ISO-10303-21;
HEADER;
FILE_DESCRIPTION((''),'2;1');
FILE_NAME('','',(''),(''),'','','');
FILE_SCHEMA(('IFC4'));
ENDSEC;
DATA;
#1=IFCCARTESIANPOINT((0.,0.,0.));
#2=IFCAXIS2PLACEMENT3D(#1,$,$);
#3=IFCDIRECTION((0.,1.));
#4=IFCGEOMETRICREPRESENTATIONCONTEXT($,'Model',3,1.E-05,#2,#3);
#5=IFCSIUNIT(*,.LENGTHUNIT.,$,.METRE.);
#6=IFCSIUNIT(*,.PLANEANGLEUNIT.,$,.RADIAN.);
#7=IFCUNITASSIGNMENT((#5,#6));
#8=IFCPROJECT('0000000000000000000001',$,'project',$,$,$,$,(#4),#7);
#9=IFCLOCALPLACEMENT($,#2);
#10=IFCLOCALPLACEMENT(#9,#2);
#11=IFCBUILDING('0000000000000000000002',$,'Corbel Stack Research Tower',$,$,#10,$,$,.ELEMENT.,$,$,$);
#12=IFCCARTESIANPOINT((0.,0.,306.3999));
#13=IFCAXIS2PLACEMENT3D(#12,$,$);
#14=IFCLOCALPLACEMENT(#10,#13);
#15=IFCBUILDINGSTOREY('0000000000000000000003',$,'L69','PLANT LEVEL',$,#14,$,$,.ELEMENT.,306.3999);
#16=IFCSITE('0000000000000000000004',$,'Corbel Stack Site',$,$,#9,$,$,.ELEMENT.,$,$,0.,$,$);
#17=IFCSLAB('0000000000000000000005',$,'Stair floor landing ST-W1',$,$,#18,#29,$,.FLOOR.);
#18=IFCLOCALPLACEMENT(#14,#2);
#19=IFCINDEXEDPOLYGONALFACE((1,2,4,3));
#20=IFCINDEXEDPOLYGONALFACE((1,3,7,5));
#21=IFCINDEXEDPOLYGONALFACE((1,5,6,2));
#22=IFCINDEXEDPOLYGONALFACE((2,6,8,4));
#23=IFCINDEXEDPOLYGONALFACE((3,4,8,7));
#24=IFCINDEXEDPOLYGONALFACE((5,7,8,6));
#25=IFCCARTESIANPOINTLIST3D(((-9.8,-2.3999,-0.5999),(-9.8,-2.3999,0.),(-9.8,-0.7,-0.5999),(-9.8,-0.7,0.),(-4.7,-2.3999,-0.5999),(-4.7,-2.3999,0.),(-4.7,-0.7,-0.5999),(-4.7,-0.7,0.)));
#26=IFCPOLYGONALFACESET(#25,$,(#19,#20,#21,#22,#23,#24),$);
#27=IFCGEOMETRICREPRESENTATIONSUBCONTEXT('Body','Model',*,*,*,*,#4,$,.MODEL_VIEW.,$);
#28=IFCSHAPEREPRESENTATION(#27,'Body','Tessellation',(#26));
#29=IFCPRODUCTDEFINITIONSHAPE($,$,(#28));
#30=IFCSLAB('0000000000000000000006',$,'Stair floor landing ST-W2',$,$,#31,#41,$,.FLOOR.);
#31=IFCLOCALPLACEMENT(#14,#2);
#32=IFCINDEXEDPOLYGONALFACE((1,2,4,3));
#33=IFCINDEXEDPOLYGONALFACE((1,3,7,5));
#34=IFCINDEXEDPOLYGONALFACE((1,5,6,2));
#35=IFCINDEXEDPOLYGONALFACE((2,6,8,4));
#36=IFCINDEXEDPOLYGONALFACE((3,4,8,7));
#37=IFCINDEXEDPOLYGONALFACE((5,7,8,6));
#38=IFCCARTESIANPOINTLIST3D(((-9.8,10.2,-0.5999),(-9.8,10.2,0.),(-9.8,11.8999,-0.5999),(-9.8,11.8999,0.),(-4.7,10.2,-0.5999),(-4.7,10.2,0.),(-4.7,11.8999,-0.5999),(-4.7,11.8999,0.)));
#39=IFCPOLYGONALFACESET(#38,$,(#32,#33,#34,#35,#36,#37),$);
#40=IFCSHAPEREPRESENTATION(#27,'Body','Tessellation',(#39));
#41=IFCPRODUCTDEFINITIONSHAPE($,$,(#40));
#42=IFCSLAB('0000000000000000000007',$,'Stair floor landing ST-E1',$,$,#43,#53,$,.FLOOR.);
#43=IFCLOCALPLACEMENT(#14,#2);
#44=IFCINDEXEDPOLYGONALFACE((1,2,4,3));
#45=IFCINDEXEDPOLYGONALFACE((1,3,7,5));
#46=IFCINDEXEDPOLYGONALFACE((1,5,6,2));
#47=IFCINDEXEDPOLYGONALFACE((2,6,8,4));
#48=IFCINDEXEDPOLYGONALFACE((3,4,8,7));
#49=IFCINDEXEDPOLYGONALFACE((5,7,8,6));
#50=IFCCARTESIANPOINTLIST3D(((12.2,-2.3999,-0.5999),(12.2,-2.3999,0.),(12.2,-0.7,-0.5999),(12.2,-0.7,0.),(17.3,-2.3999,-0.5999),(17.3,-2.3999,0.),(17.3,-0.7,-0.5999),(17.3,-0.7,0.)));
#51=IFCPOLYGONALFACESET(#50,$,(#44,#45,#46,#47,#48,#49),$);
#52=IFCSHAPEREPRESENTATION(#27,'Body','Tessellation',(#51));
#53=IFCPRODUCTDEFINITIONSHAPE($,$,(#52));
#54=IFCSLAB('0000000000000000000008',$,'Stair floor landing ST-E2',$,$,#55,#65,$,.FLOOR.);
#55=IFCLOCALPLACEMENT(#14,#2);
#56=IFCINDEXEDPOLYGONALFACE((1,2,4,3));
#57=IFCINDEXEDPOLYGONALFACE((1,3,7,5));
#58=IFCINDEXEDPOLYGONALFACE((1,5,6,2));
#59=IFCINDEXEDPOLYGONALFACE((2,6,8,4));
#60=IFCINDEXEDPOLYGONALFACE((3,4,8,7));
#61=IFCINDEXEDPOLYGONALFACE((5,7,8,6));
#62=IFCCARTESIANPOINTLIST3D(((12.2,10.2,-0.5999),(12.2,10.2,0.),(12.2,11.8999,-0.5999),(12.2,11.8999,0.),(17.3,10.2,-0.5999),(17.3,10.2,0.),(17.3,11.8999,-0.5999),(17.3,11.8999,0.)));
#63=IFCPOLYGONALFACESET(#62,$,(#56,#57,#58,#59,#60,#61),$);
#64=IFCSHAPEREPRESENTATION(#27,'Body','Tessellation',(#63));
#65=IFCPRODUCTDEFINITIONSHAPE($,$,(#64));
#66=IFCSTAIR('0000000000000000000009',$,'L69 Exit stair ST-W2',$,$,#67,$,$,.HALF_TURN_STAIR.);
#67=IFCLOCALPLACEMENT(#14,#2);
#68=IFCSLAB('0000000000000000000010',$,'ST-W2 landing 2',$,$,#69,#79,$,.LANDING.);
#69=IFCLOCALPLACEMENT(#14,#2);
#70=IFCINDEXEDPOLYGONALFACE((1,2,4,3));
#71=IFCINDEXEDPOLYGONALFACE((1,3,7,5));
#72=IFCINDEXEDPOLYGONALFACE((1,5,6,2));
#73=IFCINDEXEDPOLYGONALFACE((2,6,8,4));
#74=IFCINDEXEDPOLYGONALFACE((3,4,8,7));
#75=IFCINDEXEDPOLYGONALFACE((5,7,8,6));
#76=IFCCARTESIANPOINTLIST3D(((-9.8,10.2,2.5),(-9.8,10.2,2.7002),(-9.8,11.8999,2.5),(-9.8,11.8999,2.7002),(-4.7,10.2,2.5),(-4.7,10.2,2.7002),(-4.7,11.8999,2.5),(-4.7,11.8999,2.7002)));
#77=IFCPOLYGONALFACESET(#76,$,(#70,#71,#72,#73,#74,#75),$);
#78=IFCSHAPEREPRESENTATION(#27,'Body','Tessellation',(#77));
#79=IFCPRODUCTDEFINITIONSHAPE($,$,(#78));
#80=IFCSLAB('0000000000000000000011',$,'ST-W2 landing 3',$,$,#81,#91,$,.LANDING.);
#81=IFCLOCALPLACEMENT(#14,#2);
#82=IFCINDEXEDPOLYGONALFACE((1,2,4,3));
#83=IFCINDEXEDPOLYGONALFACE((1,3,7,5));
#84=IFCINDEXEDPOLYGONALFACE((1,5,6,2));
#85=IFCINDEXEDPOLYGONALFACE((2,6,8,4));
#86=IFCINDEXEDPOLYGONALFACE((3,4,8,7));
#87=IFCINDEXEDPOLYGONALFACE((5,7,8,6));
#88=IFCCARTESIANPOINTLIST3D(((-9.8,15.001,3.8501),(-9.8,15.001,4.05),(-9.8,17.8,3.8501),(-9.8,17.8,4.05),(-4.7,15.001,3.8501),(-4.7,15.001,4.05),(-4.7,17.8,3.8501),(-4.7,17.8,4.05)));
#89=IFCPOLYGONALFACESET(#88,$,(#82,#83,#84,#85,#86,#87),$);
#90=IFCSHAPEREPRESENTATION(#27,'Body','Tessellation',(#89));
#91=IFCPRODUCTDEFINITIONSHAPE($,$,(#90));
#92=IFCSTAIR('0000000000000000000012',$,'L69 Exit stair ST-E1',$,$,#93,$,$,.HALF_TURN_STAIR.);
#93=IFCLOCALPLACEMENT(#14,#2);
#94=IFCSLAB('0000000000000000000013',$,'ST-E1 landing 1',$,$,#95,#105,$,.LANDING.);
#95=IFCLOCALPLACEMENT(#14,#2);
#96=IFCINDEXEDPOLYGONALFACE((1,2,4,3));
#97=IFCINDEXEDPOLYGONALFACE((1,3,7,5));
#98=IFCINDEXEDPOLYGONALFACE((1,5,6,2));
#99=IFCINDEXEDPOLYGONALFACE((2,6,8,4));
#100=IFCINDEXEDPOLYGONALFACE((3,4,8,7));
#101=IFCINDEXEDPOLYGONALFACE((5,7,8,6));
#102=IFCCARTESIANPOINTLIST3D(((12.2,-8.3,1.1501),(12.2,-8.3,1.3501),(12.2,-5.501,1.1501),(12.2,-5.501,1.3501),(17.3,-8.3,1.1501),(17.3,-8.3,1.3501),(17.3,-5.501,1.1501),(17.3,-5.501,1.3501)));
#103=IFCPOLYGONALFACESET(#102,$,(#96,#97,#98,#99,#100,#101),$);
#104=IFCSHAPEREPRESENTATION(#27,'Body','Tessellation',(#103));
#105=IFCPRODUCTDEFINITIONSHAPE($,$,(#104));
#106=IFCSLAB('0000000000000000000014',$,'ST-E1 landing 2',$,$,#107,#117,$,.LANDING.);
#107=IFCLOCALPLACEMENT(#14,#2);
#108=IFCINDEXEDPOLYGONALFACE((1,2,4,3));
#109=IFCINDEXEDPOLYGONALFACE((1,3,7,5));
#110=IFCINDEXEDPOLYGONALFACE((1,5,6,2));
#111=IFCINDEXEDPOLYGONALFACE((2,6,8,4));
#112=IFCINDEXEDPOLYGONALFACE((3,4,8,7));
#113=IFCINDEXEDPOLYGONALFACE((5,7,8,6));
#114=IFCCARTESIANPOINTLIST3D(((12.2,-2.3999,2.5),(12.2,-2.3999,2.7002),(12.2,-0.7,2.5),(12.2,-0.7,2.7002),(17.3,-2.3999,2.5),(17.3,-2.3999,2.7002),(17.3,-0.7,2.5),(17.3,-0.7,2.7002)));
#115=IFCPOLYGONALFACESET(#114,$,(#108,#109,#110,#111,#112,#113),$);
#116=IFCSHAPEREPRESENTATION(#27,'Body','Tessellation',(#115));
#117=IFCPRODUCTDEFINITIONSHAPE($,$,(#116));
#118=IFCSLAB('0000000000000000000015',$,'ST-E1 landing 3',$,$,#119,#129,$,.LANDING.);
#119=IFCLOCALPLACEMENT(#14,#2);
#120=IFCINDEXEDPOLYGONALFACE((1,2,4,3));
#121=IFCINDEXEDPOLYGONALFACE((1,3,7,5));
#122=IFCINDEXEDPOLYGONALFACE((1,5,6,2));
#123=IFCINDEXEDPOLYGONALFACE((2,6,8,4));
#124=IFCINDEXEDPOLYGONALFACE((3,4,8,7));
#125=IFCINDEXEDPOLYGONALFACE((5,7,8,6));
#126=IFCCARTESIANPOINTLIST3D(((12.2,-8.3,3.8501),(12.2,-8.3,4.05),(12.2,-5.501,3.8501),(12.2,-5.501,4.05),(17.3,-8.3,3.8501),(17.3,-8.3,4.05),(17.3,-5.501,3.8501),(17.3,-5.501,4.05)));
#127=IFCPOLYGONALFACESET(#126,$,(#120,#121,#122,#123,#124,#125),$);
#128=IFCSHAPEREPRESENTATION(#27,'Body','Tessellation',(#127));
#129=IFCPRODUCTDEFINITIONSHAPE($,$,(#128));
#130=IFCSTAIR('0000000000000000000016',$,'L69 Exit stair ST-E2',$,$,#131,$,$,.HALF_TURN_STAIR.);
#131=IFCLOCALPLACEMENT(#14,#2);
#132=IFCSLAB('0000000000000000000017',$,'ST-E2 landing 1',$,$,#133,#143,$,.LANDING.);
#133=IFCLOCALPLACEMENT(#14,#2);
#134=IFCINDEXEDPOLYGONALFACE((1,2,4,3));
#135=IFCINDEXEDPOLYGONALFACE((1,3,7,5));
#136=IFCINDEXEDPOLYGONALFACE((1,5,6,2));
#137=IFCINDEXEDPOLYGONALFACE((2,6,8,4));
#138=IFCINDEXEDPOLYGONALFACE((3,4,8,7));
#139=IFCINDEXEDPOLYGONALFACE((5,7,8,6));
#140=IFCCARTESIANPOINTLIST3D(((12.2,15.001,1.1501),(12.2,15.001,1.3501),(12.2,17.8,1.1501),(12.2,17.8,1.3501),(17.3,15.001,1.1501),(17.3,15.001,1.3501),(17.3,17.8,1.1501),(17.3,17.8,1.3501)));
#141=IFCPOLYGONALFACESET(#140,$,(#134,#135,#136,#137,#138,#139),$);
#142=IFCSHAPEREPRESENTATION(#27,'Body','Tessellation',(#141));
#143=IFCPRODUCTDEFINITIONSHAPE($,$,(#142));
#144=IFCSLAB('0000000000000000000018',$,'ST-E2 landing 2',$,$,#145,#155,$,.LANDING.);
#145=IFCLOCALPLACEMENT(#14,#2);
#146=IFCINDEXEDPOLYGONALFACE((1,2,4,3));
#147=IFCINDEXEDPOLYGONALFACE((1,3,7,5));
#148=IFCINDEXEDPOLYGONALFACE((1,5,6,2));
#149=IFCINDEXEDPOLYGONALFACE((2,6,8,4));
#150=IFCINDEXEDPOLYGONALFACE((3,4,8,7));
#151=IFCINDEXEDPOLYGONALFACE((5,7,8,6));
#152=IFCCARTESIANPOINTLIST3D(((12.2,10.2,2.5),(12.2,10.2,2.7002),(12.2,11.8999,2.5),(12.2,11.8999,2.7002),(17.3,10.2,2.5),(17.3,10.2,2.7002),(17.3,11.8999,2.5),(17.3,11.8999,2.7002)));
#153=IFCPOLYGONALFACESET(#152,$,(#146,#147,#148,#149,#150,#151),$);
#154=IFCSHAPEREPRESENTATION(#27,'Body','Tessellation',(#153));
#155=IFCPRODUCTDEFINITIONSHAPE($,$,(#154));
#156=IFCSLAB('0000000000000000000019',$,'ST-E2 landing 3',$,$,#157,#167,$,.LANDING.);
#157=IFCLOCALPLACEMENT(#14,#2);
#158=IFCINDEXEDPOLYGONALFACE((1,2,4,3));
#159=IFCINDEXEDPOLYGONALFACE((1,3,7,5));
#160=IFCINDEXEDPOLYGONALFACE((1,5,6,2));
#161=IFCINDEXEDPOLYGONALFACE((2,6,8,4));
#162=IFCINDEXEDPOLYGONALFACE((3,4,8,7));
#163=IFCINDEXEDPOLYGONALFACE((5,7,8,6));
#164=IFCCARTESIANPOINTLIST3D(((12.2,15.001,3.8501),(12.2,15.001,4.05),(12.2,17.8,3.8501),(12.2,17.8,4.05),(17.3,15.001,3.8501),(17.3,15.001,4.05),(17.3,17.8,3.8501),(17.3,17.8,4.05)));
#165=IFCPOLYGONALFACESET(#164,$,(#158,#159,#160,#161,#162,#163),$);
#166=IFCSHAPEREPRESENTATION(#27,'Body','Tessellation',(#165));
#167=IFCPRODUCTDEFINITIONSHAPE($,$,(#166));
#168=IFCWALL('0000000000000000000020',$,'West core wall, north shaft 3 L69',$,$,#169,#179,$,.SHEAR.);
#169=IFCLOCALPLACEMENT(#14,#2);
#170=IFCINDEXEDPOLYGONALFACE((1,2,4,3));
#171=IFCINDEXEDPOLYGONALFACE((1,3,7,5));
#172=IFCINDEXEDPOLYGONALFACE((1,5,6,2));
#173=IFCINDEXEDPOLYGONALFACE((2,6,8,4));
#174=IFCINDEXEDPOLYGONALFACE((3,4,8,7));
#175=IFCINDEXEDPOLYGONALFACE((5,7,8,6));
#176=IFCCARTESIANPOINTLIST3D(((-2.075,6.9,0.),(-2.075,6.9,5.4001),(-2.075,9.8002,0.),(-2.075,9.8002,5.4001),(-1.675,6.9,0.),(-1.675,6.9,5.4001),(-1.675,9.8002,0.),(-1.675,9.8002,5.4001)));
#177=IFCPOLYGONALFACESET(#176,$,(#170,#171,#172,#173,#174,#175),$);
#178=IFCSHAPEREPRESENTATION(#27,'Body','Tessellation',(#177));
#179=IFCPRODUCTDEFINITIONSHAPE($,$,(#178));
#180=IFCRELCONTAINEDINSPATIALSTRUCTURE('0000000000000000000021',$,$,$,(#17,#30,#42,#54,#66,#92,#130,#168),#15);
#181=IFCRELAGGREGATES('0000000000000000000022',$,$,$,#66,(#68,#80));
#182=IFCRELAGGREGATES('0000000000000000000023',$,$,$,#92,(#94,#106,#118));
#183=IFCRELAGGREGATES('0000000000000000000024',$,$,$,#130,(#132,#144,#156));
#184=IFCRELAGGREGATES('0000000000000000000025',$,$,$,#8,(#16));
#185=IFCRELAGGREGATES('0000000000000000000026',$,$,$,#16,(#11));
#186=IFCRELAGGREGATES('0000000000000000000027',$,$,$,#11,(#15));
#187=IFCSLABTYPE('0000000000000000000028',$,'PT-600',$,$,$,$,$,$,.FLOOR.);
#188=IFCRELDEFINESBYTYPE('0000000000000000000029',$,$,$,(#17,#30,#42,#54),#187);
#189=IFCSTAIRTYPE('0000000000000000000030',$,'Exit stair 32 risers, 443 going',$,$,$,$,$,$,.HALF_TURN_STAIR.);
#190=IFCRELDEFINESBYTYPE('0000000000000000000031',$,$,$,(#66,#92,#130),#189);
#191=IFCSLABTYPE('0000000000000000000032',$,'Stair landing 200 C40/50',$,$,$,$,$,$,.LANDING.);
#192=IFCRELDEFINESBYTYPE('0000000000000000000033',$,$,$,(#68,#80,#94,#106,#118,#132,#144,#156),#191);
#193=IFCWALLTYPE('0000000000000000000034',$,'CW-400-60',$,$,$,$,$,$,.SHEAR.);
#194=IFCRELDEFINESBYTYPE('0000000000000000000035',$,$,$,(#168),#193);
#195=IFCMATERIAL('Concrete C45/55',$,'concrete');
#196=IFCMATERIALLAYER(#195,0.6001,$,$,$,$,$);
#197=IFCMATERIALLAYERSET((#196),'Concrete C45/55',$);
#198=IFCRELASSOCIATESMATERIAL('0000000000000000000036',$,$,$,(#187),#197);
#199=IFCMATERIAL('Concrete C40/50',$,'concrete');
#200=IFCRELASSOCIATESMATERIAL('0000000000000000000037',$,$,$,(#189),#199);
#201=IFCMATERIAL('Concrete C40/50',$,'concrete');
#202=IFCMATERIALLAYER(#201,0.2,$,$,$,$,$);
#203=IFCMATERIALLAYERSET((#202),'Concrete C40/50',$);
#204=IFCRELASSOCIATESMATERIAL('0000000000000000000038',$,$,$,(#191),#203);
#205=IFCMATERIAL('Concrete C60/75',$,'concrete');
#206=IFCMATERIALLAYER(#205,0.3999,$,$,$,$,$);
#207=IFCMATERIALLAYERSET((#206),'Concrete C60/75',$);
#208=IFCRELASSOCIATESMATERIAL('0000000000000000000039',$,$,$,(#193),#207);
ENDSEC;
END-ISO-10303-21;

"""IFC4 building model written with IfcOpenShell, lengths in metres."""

from ifc_helpers import new_model, si_unit, direction, frame, frame_2d, origin, place, context, subcontext, project, spatial, polyline, rectangle, outline, extrude, material, layer, layer_set, type_object, element, aggregate, save


model = new_model("IFC4")

# Units and contexts
model_context = context("Model", 3, precision=1e-05, world=origin(), true_north=direction((0.0, 1.0)))
body_context = subcontext(model_context, "Body", "Model", "MODEL_VIEW")
ifc_project = project(units=[si_unit("LENGTHUNIT", "METRE"), si_unit("PLANEANGLEUNIT", "RADIAN")], contexts=[model_context])

# Site, building, storey
site_placement = place(None, origin())
site = spatial("IfcSite", under=ifc_project, at=site_placement, Name="Corbel Stack Site", CompositionType="ELEMENT", RefElevation=0.0)
building_placement = place(site_placement, origin())
building = spatial("IfcBuilding", under=site, at=building_placement, Name="Corbel Stack Research Tower", CompositionType="ELEMENT")
storey_placement = place(building_placement, frame((0.0, 0.0, 306.3999)))
storey = spatial("IfcBuildingStorey", under=building, at=storey_placement, Name="L69", Description="PLANT LEVEL", CompositionType="ELEMENT", Elevation=306.3999)

# Slabs
ifc_material_1 = material(Name="Concrete C45/55", Category="concrete")
ifc_layer_1 = layer(ifc_material_1, 0.6001)
ifc_layer_set_1 = layer_set([ifc_layer_1], Name="Concrete C45/55")
slab_type_1 = type_object("IfcSlabType", Name="PT-600", PredefinedType="FLOOR", material=ifc_layer_set_1)
slab_1_placement = place(storey_placement, frame((0.0, 0.0, -0.5999)))
element("IfcSlab", 1, at=slab_1_placement, inside=storey, type_object=slab_type_1, Name="Stair floor landing ST-W1", PredefinedType="FLOOR", context=body_context, shape_type="SweptSolid", body=[
    extrude(outline(polyline([(-9.8, -2.3999), (-4.7, -2.3999), (-4.7, -0.7), (-9.8, -0.7), (-9.8, -2.3999)])), origin(), (0.0, 0.0, 1.0), 0.5999),
])
slab_2_placement = place(storey_placement, frame((0.0, 0.0, -0.5999)))
element("IfcSlab", 2, at=slab_2_placement, inside=storey, type_object=slab_type_1, Name="Stair floor landing ST-W2", PredefinedType="FLOOR", context=body_context, shape_type="SweptSolid", body=[
    extrude(outline(polyline([(-9.8, 10.2), (-4.7, 10.2), (-4.7, 11.8999), (-9.8, 11.8999), (-9.8, 10.2)])), origin(), (0.0, 0.0, 1.0), 0.5999),
])
slab_3_placement = place(storey_placement, frame((0.0, 0.0, -0.5999)))
element("IfcSlab", 3, at=slab_3_placement, inside=storey, type_object=slab_type_1, Name="Stair floor landing ST-E1", PredefinedType="FLOOR", context=body_context, shape_type="SweptSolid", body=[
    extrude(outline(polyline([(12.2, -2.3999), (17.3, -2.3999), (17.3, -0.7), (12.2, -0.7), (12.2, -2.3999)])), origin(), (0.0, 0.0, 1.0), 0.5999),
])
slab_4_placement = place(storey_placement, frame((0.0, 0.0, -0.5999)))
element("IfcSlab", 4, at=slab_4_placement, inside=storey, type_object=slab_type_1, Name="Stair floor landing ST-E2", PredefinedType="FLOOR", context=body_context, shape_type="SweptSolid", body=[
    extrude(outline(polyline([(12.2, 10.2), (17.3, 10.2), (17.3, 11.8999), (12.2, 11.8999), (12.2, 10.2)])), origin(), (0.0, 0.0, 1.0), 0.5999),
])

# Stairs, slabs
ifc_material_2 = material(Name="Concrete C40/50", Category="concrete")
stair_type = type_object("IfcStairType", Name="Exit stair 32 risers, 443 going", PredefinedType="HALF_TURN_STAIR", material=ifc_material_2)
stair_1_placement = place(storey_placement, origin())
stair_1 = element("IfcStair", 5, at=stair_1_placement, inside=storey, type_object=stair_type, Name="L69 Exit stair ST-W2", PredefinedType="HALF_TURN_STAIR")
ifc_material_3 = material(Name="Concrete C40/50", Category="concrete")
ifc_layer_2 = layer(ifc_material_3, 0.2)
ifc_layer_set_2 = layer_set([ifc_layer_2], Name="Concrete C40/50")
slab_type_2 = type_object("IfcSlabType", Name="Stair landing 200 C40/50", PredefinedType="LANDING", material=ifc_layer_set_2)
slab_5_placement = place(storey_placement, frame((0.0, 0.0, 2.5)))
slab_5 = element("IfcSlab", 6, at=slab_5_placement, type_object=slab_type_2, Name="ST-W2 landing 2", PredefinedType="LANDING", context=body_context, shape_type="SweptSolid", body=[
    extrude(outline(polyline([(-9.8, 10.2), (-9.8, 11.8999), (-4.7, 11.8999), (-4.7, 10.2), (-9.8, 10.2)])), origin(), (0.0, 0.0, 1.0), 0.2002),
])
slab_6_placement = place(storey_placement, frame((0.0, 0.0, 3.8501)))
slab_6 = element("IfcSlab", 7, at=slab_6_placement, type_object=slab_type_2, Name="ST-W2 landing 3", PredefinedType="LANDING", context=body_context, shape_type="SweptSolid", body=[
    extrude(outline(polyline([(-9.8, 15.001), (-9.8, 17.8), (-4.7, 17.8), (-4.7, 15.001), (-9.8, 15.001)])), origin(), (0.0, 0.0, 1.0), 0.2),
])
aggregate(stair_1, [slab_5, slab_6])
stair_2_placement = place(storey_placement, origin())
stair_2 = element("IfcStair", 8, at=stair_2_placement, inside=storey, type_object=stair_type, Name="L69 Exit stair ST-E1", PredefinedType="HALF_TURN_STAIR")
slab_7_placement = place(storey_placement, frame((0.0, 0.0, 1.1501)))
slab_7 = element("IfcSlab", 9, at=slab_7_placement, type_object=slab_type_2, Name="ST-E1 landing 1", PredefinedType="LANDING", context=body_context, shape_type="SweptSolid", body=[
    extrude(outline(polyline([(12.2, -8.3), (12.2, -5.501), (17.3, -5.501), (17.3, -8.3), (12.2, -8.3)])), origin(), (0.0, 0.0, 1.0), 0.2),
])
slab_8_placement = place(storey_placement, frame((0.0, 0.0, 2.5)))
slab_8 = element("IfcSlab", 10, at=slab_8_placement, type_object=slab_type_2, Name="ST-E1 landing 2", PredefinedType="LANDING", context=body_context, shape_type="SweptSolid", body=[
    extrude(outline(polyline([(12.2, -2.3999), (12.2, -0.7), (17.3, -0.7), (17.3, -2.3999), (12.2, -2.3999)])), origin(), (0.0, 0.0, 1.0), 0.2002),
])
slab_9_placement = place(storey_placement, frame((0.0, 0.0, 3.8501)))
slab_9 = element("IfcSlab", 11, at=slab_9_placement, type_object=slab_type_2, Name="ST-E1 landing 3", PredefinedType="LANDING", context=body_context, shape_type="SweptSolid", body=[
    extrude(outline(polyline([(12.2, -8.3), (12.2, -5.501), (17.3, -5.501), (17.3, -8.3), (12.2, -8.3)])), origin(), (0.0, 0.0, 1.0), 0.2),
])
aggregate(stair_2, [slab_7, slab_8, slab_9])
stair_3_placement = place(storey_placement, origin())
stair_3 = element("IfcStair", 12, at=stair_3_placement, inside=storey, type_object=stair_type, Name="L69 Exit stair ST-E2", PredefinedType="HALF_TURN_STAIR")
slab_10_placement = place(storey_placement, frame((0.0, 0.0, 1.1501)))
slab_10 = element("IfcSlab", 13, at=slab_10_placement, type_object=slab_type_2, Name="ST-E2 landing 1", PredefinedType="LANDING", context=body_context, shape_type="SweptSolid", body=[
    extrude(outline(polyline([(12.2, 15.001), (12.2, 17.8), (17.3, 17.8), (17.3, 15.001), (12.2, 15.001)])), origin(), (0.0, 0.0, 1.0), 0.2),
])
slab_11_placement = place(storey_placement, frame((0.0, 0.0, 2.5)))
slab_11 = element("IfcSlab", 14, at=slab_11_placement, type_object=slab_type_2, Name="ST-E2 landing 2", PredefinedType="LANDING", context=body_context, shape_type="SweptSolid", body=[
    extrude(outline(polyline([(12.2, 10.2), (12.2, 11.8999), (17.3, 11.8999), (17.3, 10.2), (12.2, 10.2)])), origin(), (0.0, 0.0, 1.0), 0.2002),
])
slab_12_placement = place(storey_placement, frame((0.0, 0.0, 3.8501)))
slab_12 = element("IfcSlab", 15, at=slab_12_placement, type_object=slab_type_2, Name="ST-E2 landing 3", PredefinedType="LANDING", context=body_context, shape_type="SweptSolid", body=[
    extrude(outline(polyline([(12.2, 15.001), (12.2, 17.8), (17.3, 17.8), (17.3, 15.001), (12.2, 15.001)])), origin(), (0.0, 0.0, 1.0), 0.2),
])
aggregate(stair_3, [slab_10, slab_11, slab_12])

# Wall
ifc_material_4 = material(Name="Concrete C60/75", Category="concrete")
ifc_layer_3 = layer(ifc_material_4, 0.3999)
ifc_layer_set_3 = layer_set([ifc_layer_3], Name="Concrete C60/75")
wall_type_1 = type_object("IfcWallType", Name="CW-400-60", PredefinedType="SHEAR", material=ifc_layer_set_3)
wall_1_placement = place(storey_placement, frame((-1.875, 6.8999, 0.0), z_axis=(0.0, 0.0, 1.0), x_axis=(0.0, 1.0, 0.0)))
element("IfcWall", 16, at=wall_1_placement, inside=storey, type_object=wall_type_1, Name="West core wall, north shaft 3 L69", PredefinedType="SHEAR", context=body_context, shape_type="SweptSolid", body=[
    extrude(rectangle(XDim=2.9001, YDim=0.3999, at=frame_2d((1.4502, 0.0))), origin(), (0.0, 0.0, 1.0), 5.4001),
])

save(model, "model.ifc")
